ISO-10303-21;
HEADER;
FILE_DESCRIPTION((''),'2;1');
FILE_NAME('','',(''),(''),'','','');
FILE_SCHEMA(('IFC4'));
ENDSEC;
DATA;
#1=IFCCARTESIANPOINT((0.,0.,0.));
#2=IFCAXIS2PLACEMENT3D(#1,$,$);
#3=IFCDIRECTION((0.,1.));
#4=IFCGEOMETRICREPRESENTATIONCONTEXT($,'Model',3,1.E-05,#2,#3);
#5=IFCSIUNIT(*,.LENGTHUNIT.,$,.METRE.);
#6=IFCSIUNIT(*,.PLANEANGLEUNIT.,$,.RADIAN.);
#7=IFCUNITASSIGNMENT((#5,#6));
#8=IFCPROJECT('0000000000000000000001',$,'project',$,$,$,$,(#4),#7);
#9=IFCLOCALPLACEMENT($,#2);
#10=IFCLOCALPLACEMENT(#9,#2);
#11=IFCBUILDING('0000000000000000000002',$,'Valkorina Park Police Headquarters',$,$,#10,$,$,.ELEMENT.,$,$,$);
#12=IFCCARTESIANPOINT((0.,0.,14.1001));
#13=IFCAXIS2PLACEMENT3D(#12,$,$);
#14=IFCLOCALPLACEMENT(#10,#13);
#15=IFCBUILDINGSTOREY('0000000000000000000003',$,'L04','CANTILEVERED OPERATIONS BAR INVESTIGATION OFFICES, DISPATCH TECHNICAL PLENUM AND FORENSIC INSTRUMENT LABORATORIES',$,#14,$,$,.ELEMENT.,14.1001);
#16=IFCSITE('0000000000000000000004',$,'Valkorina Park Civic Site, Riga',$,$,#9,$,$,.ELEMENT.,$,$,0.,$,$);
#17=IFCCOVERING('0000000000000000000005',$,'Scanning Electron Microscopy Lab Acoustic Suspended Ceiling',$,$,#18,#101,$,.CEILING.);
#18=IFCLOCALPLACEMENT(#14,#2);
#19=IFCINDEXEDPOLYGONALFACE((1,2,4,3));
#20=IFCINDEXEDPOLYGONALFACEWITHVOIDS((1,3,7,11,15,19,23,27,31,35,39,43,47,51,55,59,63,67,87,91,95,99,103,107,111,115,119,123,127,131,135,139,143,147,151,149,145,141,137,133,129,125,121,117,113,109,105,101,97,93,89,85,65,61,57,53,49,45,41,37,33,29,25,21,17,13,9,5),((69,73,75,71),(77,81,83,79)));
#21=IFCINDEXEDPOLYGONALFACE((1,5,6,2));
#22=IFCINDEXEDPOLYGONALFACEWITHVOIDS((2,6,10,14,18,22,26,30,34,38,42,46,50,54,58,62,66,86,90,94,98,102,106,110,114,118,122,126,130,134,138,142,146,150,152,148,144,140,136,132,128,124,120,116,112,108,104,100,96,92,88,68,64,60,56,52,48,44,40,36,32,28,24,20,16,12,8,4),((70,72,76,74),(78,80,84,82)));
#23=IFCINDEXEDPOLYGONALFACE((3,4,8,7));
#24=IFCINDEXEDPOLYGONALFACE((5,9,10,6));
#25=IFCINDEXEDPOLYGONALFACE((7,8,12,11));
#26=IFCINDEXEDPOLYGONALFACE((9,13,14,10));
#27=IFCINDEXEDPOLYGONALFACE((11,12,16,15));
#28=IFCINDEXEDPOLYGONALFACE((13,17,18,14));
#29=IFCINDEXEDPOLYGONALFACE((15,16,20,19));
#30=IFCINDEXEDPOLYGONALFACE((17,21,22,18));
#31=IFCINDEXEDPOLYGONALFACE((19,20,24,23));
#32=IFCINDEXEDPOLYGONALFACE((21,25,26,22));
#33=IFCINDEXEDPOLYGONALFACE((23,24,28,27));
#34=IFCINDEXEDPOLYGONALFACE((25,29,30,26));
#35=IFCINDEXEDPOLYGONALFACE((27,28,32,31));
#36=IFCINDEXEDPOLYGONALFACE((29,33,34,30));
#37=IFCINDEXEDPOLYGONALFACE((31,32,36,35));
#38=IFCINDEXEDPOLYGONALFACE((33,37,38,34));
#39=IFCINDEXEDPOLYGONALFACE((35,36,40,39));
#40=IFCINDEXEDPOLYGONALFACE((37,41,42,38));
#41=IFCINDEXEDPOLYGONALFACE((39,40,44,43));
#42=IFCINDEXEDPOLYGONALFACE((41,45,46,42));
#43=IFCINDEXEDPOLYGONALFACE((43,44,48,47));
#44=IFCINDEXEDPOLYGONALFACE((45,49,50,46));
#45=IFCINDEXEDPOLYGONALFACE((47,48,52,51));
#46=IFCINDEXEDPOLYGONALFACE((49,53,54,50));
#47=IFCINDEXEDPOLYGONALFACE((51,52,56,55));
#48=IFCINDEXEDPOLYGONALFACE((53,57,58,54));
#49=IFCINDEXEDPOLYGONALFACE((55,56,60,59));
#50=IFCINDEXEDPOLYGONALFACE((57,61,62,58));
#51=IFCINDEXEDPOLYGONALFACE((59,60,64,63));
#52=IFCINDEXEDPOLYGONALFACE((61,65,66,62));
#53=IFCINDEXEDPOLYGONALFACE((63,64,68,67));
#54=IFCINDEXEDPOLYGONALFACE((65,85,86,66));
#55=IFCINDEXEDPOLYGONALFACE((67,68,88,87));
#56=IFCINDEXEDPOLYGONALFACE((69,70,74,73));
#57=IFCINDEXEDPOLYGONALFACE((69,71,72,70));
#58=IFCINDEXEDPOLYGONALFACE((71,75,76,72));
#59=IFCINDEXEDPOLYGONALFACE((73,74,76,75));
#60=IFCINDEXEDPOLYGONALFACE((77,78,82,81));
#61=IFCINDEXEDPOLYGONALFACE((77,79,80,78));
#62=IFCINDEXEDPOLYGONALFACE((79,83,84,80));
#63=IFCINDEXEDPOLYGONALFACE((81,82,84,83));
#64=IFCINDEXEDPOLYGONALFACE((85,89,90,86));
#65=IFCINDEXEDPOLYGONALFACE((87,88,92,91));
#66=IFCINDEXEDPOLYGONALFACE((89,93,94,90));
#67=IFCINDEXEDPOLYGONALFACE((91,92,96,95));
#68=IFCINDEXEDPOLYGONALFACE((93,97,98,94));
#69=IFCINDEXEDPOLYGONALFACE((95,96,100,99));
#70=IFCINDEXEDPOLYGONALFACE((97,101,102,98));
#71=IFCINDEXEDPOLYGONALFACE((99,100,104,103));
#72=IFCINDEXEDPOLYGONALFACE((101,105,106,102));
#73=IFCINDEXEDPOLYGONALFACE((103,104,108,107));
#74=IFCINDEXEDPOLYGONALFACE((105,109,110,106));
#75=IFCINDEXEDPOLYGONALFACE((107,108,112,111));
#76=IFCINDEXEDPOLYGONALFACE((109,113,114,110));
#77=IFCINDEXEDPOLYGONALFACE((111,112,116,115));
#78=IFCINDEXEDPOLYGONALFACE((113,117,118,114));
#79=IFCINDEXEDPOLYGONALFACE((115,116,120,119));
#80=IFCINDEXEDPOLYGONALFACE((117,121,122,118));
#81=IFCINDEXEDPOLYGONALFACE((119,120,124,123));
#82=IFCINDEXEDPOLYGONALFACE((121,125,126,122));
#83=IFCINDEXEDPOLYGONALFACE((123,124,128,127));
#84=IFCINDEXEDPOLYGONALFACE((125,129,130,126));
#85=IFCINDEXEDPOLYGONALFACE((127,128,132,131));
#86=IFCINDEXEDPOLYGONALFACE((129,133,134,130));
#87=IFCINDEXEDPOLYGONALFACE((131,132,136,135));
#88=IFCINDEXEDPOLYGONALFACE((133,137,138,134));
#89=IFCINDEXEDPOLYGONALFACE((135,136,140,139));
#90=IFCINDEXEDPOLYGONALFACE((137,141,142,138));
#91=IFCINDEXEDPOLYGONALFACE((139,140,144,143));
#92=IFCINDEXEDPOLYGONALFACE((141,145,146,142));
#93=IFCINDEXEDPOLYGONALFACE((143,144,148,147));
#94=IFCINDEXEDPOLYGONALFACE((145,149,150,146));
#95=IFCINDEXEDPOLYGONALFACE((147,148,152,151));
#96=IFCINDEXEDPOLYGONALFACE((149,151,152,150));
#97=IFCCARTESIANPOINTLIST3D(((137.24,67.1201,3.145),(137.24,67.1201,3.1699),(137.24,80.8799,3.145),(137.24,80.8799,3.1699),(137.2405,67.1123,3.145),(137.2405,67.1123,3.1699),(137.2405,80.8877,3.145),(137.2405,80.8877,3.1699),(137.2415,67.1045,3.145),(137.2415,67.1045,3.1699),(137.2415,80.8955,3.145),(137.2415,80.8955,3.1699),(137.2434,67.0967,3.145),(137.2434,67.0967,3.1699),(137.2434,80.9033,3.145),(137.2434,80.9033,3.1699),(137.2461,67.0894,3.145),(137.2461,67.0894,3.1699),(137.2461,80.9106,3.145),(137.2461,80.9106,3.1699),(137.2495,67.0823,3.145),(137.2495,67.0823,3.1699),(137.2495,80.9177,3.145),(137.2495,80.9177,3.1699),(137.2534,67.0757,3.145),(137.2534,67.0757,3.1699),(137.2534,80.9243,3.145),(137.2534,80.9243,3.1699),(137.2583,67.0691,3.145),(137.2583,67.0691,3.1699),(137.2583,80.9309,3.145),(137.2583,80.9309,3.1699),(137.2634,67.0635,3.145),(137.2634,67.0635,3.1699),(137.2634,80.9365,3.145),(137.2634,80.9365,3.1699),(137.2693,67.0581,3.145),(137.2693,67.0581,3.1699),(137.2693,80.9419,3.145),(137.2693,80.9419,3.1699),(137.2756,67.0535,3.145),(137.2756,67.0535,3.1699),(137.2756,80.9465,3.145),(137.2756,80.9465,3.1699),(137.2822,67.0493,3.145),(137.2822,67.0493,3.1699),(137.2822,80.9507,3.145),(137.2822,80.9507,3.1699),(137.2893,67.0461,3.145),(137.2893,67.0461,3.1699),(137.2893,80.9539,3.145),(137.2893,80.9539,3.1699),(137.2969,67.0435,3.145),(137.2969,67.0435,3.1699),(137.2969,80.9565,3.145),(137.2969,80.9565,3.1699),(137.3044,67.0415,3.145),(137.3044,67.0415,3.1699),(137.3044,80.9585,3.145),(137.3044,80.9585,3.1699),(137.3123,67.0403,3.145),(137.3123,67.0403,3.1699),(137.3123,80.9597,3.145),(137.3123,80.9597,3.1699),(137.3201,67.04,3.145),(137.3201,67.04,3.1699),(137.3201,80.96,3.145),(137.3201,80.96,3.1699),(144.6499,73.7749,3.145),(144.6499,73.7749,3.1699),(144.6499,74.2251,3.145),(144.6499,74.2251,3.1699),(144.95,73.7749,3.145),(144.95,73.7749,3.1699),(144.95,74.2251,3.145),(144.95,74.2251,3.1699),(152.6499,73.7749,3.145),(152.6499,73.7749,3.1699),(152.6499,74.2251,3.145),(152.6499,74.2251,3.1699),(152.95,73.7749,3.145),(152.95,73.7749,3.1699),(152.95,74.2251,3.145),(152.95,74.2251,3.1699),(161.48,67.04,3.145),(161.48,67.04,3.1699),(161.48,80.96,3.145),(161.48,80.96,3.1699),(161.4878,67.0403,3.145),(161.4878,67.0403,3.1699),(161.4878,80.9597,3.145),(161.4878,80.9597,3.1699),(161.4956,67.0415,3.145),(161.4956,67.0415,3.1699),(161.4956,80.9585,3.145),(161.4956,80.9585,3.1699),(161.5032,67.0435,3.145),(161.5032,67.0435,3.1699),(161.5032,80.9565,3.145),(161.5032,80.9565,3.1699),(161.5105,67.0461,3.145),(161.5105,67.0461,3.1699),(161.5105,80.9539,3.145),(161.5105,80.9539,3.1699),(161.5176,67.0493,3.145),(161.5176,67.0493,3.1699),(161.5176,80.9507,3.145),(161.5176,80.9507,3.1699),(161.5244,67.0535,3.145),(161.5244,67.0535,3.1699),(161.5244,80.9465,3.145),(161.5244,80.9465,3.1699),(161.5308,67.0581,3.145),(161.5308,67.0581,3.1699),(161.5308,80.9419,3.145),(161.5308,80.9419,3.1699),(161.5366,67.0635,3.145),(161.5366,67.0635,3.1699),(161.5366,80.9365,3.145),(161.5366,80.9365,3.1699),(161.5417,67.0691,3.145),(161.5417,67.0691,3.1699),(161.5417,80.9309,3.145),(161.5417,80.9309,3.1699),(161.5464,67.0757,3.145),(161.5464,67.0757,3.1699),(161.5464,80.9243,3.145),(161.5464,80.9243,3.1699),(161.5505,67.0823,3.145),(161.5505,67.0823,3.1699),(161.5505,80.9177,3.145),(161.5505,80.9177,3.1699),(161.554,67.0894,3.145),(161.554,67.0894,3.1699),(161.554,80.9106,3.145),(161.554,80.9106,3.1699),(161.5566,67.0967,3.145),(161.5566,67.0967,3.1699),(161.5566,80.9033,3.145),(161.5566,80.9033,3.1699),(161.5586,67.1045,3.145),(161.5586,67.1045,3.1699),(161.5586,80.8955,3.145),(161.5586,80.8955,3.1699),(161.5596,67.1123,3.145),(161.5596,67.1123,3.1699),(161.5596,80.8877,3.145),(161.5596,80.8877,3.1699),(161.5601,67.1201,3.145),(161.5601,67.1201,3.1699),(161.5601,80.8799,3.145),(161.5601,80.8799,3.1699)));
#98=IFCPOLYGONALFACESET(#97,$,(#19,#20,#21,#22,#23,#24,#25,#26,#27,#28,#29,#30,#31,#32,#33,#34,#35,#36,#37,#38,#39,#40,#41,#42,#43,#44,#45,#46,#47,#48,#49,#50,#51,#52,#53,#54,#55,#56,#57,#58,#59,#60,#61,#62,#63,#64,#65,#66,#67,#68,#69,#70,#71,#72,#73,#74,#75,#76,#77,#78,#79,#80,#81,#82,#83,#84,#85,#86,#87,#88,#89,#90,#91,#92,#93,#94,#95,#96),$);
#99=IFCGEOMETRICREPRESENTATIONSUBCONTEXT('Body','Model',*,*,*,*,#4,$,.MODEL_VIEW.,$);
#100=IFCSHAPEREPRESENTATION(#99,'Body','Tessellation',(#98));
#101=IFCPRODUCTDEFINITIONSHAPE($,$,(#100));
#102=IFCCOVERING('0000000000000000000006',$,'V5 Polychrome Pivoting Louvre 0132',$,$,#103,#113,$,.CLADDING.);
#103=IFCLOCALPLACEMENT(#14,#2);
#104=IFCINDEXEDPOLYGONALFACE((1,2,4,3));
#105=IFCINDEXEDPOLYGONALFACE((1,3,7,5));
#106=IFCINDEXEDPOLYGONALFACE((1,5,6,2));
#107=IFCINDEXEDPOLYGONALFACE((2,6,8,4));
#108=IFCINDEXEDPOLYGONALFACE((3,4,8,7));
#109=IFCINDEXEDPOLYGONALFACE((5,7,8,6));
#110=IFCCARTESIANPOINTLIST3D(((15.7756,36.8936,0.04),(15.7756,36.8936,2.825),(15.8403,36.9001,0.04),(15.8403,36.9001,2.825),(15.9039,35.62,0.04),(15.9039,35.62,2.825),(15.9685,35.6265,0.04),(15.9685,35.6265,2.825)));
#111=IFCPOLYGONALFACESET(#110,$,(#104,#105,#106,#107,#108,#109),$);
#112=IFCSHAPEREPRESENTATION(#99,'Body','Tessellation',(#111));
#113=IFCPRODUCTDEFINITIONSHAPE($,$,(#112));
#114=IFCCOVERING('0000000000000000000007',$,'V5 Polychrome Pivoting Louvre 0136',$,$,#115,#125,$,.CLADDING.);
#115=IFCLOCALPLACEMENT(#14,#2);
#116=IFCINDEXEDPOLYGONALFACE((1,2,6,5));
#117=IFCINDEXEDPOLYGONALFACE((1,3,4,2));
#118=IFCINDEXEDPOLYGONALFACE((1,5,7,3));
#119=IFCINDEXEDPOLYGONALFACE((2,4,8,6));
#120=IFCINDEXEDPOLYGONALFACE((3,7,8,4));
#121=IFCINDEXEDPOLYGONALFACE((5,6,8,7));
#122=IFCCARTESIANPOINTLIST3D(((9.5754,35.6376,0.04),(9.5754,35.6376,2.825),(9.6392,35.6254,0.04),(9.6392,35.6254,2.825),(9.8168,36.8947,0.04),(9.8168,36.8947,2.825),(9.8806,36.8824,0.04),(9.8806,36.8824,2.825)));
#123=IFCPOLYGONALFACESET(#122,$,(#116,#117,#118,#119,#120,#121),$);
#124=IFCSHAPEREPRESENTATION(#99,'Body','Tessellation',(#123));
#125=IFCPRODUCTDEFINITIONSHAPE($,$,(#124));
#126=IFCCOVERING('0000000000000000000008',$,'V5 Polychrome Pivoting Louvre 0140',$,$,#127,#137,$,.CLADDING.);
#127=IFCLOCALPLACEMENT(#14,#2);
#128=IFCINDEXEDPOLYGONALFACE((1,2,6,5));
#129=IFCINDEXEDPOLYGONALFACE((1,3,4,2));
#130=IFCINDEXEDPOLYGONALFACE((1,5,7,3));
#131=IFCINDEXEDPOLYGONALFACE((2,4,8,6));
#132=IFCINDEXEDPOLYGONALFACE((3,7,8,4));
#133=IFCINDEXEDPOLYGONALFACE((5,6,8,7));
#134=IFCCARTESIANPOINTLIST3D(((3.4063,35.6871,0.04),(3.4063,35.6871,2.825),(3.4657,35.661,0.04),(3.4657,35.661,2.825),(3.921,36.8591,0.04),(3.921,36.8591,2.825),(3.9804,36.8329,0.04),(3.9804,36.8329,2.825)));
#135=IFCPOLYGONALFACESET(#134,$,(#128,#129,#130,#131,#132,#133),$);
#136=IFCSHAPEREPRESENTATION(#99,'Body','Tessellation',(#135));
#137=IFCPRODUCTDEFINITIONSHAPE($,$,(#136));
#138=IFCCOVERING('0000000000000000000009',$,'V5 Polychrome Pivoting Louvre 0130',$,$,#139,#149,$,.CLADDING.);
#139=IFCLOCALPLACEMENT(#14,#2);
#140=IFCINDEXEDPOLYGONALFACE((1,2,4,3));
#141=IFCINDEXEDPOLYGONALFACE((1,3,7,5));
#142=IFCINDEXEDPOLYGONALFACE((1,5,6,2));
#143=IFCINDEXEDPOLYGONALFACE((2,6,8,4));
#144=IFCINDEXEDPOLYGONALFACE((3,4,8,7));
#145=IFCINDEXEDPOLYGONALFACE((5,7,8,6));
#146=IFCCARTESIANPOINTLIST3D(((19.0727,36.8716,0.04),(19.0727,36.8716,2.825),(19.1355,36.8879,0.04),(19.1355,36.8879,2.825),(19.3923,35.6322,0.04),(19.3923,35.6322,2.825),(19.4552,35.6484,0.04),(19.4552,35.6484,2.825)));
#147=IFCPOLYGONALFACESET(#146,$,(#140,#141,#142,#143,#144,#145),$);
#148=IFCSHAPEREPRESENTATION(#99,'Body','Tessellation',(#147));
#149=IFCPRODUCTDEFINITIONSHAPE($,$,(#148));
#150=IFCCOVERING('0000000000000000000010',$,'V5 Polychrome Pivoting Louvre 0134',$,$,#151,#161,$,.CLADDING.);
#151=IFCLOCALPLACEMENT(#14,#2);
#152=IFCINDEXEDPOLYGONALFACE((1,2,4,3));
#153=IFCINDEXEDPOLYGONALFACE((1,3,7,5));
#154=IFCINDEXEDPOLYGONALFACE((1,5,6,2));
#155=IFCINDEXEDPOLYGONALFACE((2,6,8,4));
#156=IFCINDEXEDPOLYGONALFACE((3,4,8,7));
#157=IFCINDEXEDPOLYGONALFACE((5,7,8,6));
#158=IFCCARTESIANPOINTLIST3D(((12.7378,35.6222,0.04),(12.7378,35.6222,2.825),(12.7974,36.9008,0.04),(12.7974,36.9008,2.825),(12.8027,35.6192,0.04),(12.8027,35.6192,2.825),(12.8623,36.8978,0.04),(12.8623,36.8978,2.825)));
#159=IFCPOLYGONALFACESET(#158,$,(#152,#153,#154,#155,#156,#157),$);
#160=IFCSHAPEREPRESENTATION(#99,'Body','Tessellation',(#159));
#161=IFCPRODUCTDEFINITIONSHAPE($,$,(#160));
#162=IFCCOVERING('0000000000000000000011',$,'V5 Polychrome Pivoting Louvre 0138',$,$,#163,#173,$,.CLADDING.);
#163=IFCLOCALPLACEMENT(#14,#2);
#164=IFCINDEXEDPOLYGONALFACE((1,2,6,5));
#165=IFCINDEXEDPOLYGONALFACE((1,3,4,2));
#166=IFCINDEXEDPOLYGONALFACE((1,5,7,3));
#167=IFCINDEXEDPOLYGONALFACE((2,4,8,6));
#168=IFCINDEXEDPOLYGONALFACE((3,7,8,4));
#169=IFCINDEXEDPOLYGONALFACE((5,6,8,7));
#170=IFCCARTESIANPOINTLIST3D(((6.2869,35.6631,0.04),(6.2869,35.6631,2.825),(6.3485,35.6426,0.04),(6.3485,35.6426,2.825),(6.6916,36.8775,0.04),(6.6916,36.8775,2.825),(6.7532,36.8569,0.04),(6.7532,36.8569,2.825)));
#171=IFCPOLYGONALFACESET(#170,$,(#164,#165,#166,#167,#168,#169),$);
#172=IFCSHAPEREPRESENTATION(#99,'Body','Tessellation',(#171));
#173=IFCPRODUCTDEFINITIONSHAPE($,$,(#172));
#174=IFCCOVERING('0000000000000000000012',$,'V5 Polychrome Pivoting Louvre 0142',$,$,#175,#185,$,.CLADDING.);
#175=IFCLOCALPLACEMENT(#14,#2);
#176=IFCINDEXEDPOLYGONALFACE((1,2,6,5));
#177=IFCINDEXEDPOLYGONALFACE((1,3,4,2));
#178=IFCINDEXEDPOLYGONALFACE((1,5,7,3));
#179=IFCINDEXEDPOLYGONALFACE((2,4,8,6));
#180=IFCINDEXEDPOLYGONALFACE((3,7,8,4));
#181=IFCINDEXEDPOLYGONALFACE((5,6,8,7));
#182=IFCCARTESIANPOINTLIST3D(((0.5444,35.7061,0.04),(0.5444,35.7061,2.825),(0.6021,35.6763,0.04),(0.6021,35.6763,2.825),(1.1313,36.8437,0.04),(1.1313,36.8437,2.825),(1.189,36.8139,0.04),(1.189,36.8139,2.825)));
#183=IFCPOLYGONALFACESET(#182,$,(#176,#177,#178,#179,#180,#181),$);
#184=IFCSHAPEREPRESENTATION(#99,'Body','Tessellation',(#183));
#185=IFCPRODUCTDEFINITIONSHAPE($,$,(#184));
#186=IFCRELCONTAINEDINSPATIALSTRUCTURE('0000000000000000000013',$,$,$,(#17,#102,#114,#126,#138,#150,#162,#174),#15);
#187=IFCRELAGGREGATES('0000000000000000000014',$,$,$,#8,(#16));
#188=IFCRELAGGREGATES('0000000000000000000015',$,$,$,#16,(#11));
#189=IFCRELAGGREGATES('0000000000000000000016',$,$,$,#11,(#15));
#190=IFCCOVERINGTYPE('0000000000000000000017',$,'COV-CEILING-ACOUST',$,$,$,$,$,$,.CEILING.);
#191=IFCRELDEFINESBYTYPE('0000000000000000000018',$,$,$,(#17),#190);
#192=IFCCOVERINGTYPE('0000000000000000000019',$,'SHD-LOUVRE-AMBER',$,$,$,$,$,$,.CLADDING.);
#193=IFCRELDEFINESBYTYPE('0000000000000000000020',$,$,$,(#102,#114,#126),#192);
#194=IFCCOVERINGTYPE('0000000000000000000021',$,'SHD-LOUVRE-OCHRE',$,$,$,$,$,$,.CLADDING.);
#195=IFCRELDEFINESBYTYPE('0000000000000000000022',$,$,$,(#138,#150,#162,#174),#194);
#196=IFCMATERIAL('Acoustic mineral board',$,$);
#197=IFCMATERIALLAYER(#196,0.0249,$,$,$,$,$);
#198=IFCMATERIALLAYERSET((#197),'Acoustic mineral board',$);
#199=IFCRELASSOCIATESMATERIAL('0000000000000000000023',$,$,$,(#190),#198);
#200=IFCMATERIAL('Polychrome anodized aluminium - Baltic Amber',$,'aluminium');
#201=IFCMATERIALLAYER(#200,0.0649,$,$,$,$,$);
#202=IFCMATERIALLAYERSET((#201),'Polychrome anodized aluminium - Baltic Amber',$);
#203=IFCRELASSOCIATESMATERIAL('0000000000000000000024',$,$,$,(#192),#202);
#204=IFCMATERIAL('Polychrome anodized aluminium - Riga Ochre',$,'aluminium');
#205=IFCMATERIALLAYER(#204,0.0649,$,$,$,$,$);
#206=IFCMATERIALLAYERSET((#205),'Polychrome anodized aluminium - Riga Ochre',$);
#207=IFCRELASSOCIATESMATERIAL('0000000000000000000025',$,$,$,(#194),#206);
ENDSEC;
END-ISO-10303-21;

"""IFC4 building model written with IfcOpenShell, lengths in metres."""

from ifc_helpers import new_model, si_unit, direction, frame, origin, origin_2d, place, context, subcontext, project, spatial, polyline, rectangle, outline, extrude, material, layer, layer_set, type_object, element, save


model = new_model("IFC4")

# Units and contexts
model_context = context("Model", 3, precision=1e-05, world=origin(), true_north=direction((0.0, 1.0)))
body_context = subcontext(model_context, "Body", "Model", "MODEL_VIEW")
ifc_project = project(units=[si_unit("LENGTHUNIT", "METRE"), si_unit("PLANEANGLEUNIT", "RADIAN")], contexts=[model_context])

# Site, building, storey
site_placement = place(None, origin())
site = spatial("IfcSite", under=ifc_project, at=site_placement, Name="Valkorina Park Civic Site, Riga", CompositionType="ELEMENT", RefElevation=0.0)
building_placement = place(site_placement, origin())
building = spatial("IfcBuilding", under=site, at=building_placement, Name="Valkorina Park Police Headquarters", CompositionType="ELEMENT")
storey_placement = place(building_placement, frame((0.0, 0.0, 14.1001)))
storey = spatial("IfcBuildingStorey", under=building, at=storey_placement, Name="L04", Description="CANTILEVERED OPERATIONS BAR INVESTIGATION OFFICES, DISPATCH TECHNICAL PLENUM AND FORENSIC INSTRUMENT LABORATORIES", CompositionType="ELEMENT", Elevation=14.1001)

# Coverings
ifc_material_1 = material(Name="Acoustic mineral board")
ifc_layer_1 = layer(ifc_material_1, 0.0249)
ifc_layer_set_1 = layer_set([ifc_layer_1], Name="Acoustic mineral board")
covering_type_1 = type_object("IfcCoveringType", Name="COV-CEILING-ACOUST", PredefinedType="CEILING", material=ifc_layer_set_1)
covering_1_placement = place(storey_placement, frame((0.0, 0.0, 3.145)))
element("IfcCovering", 1, at=covering_1_placement, inside=storey, type_object=covering_type_1, Name="Scanning Electron Microscopy Lab Acoustic Suspended Ceiling", PredefinedType="CEILING", context=body_context, shape_type="SweptSolid", body=[
    extrude(outline(polyline([(161.5586, 67.1045), (161.5596, 67.1123), (161.5601, 67.1201), (161.5601, 80.8799), (161.5596, 80.8877), (161.5586, 80.8955), (161.5566, 80.9033), (161.554, 80.9106), (161.5505, 80.9177), (161.5464, 80.9243), (161.5417, 80.9309), (161.5366, 80.9365), (161.5308, 80.9419), (161.5244, 80.9465), (161.5176, 80.9507), (161.5105, 80.9539), (161.5032, 80.9565), (161.4956, 80.9585), (161.4878, 80.9597), (161.48, 80.96), (137.3201, 80.96), (137.3123, 80.9597), (137.3044, 80.9585), (137.2969, 80.9565), (137.2893, 80.9539), (137.2822, 80.9507), (137.2756, 80.9465), (137.2693, 80.9419), (137.2634, 80.9365), (137.2583, 80.9309), (137.2534, 80.9243), (137.2495, 80.9177), (137.2461, 80.9106), (137.2434, 80.9033), (137.2415, 80.8955), (137.2405, 80.8877), (137.24, 80.8799), (137.24, 67.1201), (137.2405, 67.1123), (137.2415, 67.1045), (137.2434, 67.0967), (137.2461, 67.0894), (137.2495, 67.0823), (137.2534, 67.0757), (137.2583, 67.0691), (137.2634, 67.0635), (137.2693, 67.0581), (137.2756, 67.0535), (137.2822, 67.0493), (137.2893, 67.0461), (137.2969, 67.0435), (137.3044, 67.0415), (137.3123, 67.0403), (137.3201, 67.04), (161.48, 67.04), (161.4878, 67.0403), (161.4956, 67.0415), (161.5032, 67.0435), (161.5105, 67.0461), (161.5176, 67.0493), (161.5244, 67.0535), (161.5308, 67.0581), (161.5366, 67.0635), (161.5417, 67.0691), (161.5464, 67.0757), (161.5505, 67.0823), (161.554, 67.0894), (161.5566, 67.0967), (161.5586, 67.1045)]), holes=[polyline([(152.6499, 74.2251), (152.95, 74.2251), (152.95, 73.7749), (152.6499, 73.7749), (152.6499, 74.2251)]), polyline([(144.95, 74.2251), (144.95, 73.7749), (144.6499, 73.7749), (144.6499, 74.2251), (144.95, 74.2251)])]), origin(), (0.0, 0.0, 1.0), 0.0249),
])
ifc_material_2 = material(Name="Polychrome anodized aluminium - Baltic Amber", Category="aluminium")
ifc_layer_2 = layer(ifc_material_2, 0.0649)
ifc_layer_set_2 = layer_set([ifc_layer_2], Name="Polychrome anodized aluminium - Baltic Amber")
covering_type_2 = type_object("IfcCoveringType", Name="SHD-LOUVRE-AMBER", PredefinedType="CLADDING", material=ifc_layer_set_2)
for number, where, z_axis, x_axis, name in (
    (2, (15.8721, 36.26, 0.04), (0.0, 0.0, 1.0), (0.100188, -0.994969, 0.0), "V5 Polychrome Pivoting Louvre 0132"),
    (3, (9.728, 36.26, 0.04), (0.0, 0.0, 1.0), (-0.188581, -0.982058, 0.0), "V5 Polychrome Pivoting Louvre 0136"),
    (4, (3.6934, 36.26, 0.04), (0.0, 0.0, 1.0), (-0.402108, -0.915592, 0.0), "V5 Polychrome Pivoting Louvre 0140"),
):
    element("IfcCovering", number, at=place(storey_placement, frame(where, z_axis=z_axis, x_axis=x_axis)), inside=storey, type_object=covering_type_2, Name=name, PredefinedType="CLADDING", context=body_context, shape_type="SweptSolid", body=[
        extrude(rectangle(XDim=1.28, YDim=0.0649, at=origin_2d()), origin(), (0.0, 0.0, 1.0), 2.7849),
    ])
ifc_material_3 = material(Name="Polychrome anodized aluminium - Riga Ochre", Category="aluminium")
ifc_layer_3 = layer(ifc_material_3, 0.0649)
ifc_layer_set_3 = layer_set([ifc_layer_3], Name="Polychrome anodized aluminium - Riga Ochre")
covering_type_3 = type_object("IfcCoveringType", Name="SHD-LOUVRE-OCHRE", PredefinedType="CLADDING", material=ifc_layer_set_3)
for number, where, z_axis, x_axis, name in (
    (5, (19.2639, 36.26, 0.04), (0.0, 0.0, 1.0), (0.249704, -0.968322, 0.0), "V5 Polychrome Pivoting Louvre 0130"),
    (6, (12.8, 36.26, 0.04), (0.0, 0.0, 1.0), (-0.046583, -0.998914, 0.0), "V5 Polychrome Pivoting Louvre 0134"),
    (7, (6.52, 36.26, 0.04), (0.0, 0.0, 1.0), (-0.316146, -0.948711, 0.0), "V5 Polychrome Pivoting Louvre 0138"),
    (8, (0.8667, 36.26, 0.04), (0.0, 0.0, 1.0), (-0.458494, -0.888697, 0.0), "V5 Polychrome Pivoting Louvre 0142"),
):
    element("IfcCovering", number, at=place(storey_placement, frame(where, z_axis=z_axis, x_axis=x_axis)), inside=storey, type_object=covering_type_3, Name=name, PredefinedType="CLADDING", context=body_context, shape_type="SweptSolid", body=[
        extrude(rectangle(XDim=1.28, YDim=0.0649, at=origin_2d()), origin(), (0.0, 0.0, 1.0), 2.7849),
    ])

save(model, "model.ifc")
